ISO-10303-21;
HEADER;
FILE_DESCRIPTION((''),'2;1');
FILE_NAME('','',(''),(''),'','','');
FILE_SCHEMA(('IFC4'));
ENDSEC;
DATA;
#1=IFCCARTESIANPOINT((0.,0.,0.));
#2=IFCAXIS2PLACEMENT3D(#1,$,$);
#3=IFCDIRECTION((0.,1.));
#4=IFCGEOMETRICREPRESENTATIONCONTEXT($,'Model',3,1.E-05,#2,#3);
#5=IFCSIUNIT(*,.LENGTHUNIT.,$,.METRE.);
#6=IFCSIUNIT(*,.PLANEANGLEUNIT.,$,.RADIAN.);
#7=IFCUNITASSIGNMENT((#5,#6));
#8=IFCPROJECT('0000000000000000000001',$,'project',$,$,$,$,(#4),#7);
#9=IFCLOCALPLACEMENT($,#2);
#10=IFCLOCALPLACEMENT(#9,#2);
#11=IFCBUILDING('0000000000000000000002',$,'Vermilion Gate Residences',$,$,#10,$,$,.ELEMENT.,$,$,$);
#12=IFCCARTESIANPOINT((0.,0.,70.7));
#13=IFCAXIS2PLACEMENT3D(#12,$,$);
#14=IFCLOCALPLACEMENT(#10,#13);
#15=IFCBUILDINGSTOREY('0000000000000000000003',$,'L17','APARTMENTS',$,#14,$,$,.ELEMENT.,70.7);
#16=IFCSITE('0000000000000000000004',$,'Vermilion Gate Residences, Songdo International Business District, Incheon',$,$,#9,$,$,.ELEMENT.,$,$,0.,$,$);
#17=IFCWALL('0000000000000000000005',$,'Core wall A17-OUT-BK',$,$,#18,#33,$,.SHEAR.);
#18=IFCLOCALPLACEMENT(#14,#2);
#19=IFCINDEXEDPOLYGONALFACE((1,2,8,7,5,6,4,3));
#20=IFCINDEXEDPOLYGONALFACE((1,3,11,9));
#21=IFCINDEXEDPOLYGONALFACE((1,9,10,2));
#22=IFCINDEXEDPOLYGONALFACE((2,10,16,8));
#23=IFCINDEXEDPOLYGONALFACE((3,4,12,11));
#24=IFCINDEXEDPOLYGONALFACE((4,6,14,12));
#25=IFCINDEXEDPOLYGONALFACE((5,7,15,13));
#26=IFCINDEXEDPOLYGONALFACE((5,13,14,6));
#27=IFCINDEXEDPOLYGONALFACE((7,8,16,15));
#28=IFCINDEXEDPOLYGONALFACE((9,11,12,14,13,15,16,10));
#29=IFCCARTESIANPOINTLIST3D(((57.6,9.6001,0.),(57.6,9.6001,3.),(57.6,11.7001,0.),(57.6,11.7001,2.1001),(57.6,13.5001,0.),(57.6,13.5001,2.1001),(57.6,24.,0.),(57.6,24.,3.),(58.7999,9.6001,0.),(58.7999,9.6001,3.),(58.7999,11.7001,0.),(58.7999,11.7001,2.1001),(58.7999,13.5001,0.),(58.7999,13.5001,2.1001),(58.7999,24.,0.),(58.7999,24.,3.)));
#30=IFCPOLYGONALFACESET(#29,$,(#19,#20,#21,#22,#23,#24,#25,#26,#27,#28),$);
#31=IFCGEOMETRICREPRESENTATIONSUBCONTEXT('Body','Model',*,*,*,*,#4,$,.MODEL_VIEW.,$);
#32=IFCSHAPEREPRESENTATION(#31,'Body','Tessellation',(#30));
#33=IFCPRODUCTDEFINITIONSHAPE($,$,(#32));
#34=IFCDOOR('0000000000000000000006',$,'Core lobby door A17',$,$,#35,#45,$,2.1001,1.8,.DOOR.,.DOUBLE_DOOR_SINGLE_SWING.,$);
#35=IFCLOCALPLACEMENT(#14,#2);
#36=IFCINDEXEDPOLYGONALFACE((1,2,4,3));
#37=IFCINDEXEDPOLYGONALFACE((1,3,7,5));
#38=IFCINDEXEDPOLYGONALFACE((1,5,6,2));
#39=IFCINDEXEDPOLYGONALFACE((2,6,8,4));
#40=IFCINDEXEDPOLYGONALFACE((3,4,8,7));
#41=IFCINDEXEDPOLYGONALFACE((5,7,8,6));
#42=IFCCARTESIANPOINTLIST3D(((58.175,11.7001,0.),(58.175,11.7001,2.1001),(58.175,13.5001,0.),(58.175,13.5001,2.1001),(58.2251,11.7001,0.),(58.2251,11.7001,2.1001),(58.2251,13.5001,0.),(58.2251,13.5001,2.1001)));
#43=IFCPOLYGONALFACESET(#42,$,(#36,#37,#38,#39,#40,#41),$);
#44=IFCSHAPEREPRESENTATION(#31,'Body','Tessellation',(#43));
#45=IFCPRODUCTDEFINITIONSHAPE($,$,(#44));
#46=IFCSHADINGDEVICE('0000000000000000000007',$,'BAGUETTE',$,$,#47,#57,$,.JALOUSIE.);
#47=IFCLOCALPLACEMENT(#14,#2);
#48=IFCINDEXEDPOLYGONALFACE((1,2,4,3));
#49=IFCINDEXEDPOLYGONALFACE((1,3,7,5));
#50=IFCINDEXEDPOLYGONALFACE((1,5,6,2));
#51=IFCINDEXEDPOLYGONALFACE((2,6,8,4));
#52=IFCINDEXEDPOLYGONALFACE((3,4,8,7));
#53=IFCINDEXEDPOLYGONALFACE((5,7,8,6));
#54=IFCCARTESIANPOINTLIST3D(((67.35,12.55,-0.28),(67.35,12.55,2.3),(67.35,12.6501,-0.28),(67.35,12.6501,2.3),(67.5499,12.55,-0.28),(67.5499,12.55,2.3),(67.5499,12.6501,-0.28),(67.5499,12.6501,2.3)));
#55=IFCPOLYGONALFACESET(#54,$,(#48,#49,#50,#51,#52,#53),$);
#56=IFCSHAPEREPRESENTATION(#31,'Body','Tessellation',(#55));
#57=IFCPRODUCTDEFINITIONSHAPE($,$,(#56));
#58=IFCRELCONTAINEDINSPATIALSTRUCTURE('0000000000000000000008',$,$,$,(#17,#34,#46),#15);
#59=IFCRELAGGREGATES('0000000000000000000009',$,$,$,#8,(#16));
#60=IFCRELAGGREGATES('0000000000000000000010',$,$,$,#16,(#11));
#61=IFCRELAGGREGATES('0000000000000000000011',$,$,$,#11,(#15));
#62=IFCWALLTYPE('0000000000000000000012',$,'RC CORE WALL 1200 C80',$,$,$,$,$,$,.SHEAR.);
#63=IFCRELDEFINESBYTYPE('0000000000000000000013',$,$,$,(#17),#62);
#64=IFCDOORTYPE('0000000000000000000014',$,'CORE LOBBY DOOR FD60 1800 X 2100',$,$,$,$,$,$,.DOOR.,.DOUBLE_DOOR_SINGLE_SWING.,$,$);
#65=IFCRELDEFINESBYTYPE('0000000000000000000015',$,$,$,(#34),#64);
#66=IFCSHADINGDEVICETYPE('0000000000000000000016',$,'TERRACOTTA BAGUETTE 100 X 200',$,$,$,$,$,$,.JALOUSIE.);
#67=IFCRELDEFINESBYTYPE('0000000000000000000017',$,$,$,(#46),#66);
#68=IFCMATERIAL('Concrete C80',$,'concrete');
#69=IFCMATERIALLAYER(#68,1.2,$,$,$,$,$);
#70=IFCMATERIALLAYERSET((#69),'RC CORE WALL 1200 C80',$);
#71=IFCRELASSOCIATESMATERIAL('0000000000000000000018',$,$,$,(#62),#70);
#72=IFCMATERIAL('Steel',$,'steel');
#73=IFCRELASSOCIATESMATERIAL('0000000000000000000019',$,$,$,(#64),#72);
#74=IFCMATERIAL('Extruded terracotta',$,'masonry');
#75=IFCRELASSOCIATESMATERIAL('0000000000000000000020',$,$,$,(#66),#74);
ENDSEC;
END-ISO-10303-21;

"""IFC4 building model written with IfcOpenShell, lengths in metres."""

from ifc_helpers import new_model, si_unit, direction, frame, frame_2d, origin, origin_2d, place, context, subcontext, project, spatial, rectangle, extrude, material, layer, layer_set, material_profile, profile_set, type_object, element, fill, save


model = new_model("IFC4")

# Units and contexts
model_context = context("Model", 3, precision=1e-05, world=origin(), true_north=direction((0.0, 1.0)))
body_context = subcontext(model_context, "Body", "Model", "MODEL_VIEW")
ifc_project = project(units=[si_unit("LENGTHUNIT", "METRE"), si_unit("PLANEANGLEUNIT", "RADIAN")], contexts=[model_context])

# Site, building, storey
site_placement = place(None, origin())
site = spatial("IfcSite", under=ifc_project, at=site_placement, Name="Vermilion Gate Residences, Songdo International Business District, Incheon", CompositionType="ELEMENT", RefElevation=0.0)
building_placement = place(site_placement, origin())
building = spatial("IfcBuilding", under=site, at=building_placement, Name="Vermilion Gate Residences", CompositionType="ELEMENT")
storey_placement = place(building_placement, frame((0.0, 0.0, 70.7)))
storey = spatial("IfcBuildingStorey", under=building, at=storey_placement, Name="L17", Description="APARTMENTS", CompositionType="ELEMENT", Elevation=70.7)

# Wall, opening, door
ifc_material_1 = material(Name="Concrete C80", Category="concrete")
ifc_layer_1 = layer(ifc_material_1, 1.2)
ifc_layer_set_1 = layer_set([ifc_layer_1], Name="RC CORE WALL 1200 C80")
wall_type_1 = type_object("IfcWallType", Name="RC CORE WALL 1200 C80", PredefinedType="SHEAR", material=ifc_layer_set_1)
wall_1_placement = place(storey_placement, frame((58.2, 9.6001, 0.0), z_axis=(0.0, 0.0, 1.0), x_axis=(0.0, 1.0, 0.0)))
wall_1 = element("IfcWall", 1, at=wall_1_placement, inside=storey, type_object=wall_type_1, Name="Core wall A17-OUT-BK", PredefinedType="SHEAR", context=body_context, shape_type="SweptSolid", body=[
    extrude(rectangle(XDim=14.3999, YDim=1.2, at=frame_2d((7.2, 0.0))), origin(), (0.0, 0.0, 1.0), 3.0),
])
opening_1_placement = place(wall_1_placement, frame((2.1001, 0.0, 0.0)))
opening_1 = element("IfcOpeningElement", 2, at=opening_1_placement, cuts=wall_1, PredefinedType="OPENING", context=body_context, shape_type="SweptSolid", body=[
    extrude(rectangle(XDim=1.8, YDim=2.1001, at=frame_2d((0.8999, 1.05))), frame((0.0, 0.6099, 0.0), z_axis=(0.0, -1.0, 0.0), x_axis=(1.0, 0.0, 0.0)), (0.0, 0.0, 1.0), 1.22),
])
ifc_material_2 = material(Name="Steel", Category="steel")
door_type_1 = type_object("IfcDoorType", Name="CORE LOBBY DOOR FD60 1800 X 2100", OperationType="DOUBLE_DOOR_SINGLE_SWING", PredefinedType="DOOR", material=ifc_material_2)
door_1_placement = place(opening_1_placement, origin())
door_1 = element("IfcDoor", 3, at=door_1_placement, inside=storey, type_object=door_type_1, Name="Core lobby door A17", OperationType="DOUBLE_DOOR_SINGLE_SWING", OverallHeight=2.1001, OverallWidth=1.8, PredefinedType="DOOR", context=body_context, shape_type="SweptSolid", body=[
    extrude(rectangle(XDim=1.8, YDim=2.1001, at=frame_2d((0.8999, 1.05))), frame((0.0, 0.0249, 0.0), z_axis=(0.0, -1.0, 0.0), x_axis=(1.0, 0.0, 0.0)), (0.0, 0.0, 1.0), 0.05),
])
fill(opening_1, door_1)

# Shading device
ifc_material_3 = material(Name="Extruded terracotta", Category="masonry")
ifc_material_profile_1 = material_profile(ifc_material_3, rectangle(XDim=0.2, YDim=0.1001, at=origin_2d()), Name="BAGUETTE 100 X 200")
ifc_profile_set_1 = profile_set([ifc_material_profile_1], Name="Extruded terracotta")
shading_device_type = type_object("IfcShadingDeviceType", Name="TERRACOTTA BAGUETTE 100 X 200", PredefinedType="JALOUSIE", material=ifc_profile_set_1)
shading_device_placement = place(storey_placement, frame((67.45, 12.6001, -0.28), z_axis=(0.0, 0.0, 1.0), x_axis=(-1.0, 0.0, 0.0)))
element("IfcShadingDevice", 4, at=shading_device_placement, inside=storey, type_object=shading_device_type, Name="BAGUETTE", PredefinedType="JALOUSIE", context=body_context, shape_type="SweptSolid", body=[
    extrude(rectangle(XDim=0.2, YDim=0.1001, at=origin_2d()), origin(), (0.0, 0.0, 1.0), 2.5801),
])

save(model, "model.ifc")
